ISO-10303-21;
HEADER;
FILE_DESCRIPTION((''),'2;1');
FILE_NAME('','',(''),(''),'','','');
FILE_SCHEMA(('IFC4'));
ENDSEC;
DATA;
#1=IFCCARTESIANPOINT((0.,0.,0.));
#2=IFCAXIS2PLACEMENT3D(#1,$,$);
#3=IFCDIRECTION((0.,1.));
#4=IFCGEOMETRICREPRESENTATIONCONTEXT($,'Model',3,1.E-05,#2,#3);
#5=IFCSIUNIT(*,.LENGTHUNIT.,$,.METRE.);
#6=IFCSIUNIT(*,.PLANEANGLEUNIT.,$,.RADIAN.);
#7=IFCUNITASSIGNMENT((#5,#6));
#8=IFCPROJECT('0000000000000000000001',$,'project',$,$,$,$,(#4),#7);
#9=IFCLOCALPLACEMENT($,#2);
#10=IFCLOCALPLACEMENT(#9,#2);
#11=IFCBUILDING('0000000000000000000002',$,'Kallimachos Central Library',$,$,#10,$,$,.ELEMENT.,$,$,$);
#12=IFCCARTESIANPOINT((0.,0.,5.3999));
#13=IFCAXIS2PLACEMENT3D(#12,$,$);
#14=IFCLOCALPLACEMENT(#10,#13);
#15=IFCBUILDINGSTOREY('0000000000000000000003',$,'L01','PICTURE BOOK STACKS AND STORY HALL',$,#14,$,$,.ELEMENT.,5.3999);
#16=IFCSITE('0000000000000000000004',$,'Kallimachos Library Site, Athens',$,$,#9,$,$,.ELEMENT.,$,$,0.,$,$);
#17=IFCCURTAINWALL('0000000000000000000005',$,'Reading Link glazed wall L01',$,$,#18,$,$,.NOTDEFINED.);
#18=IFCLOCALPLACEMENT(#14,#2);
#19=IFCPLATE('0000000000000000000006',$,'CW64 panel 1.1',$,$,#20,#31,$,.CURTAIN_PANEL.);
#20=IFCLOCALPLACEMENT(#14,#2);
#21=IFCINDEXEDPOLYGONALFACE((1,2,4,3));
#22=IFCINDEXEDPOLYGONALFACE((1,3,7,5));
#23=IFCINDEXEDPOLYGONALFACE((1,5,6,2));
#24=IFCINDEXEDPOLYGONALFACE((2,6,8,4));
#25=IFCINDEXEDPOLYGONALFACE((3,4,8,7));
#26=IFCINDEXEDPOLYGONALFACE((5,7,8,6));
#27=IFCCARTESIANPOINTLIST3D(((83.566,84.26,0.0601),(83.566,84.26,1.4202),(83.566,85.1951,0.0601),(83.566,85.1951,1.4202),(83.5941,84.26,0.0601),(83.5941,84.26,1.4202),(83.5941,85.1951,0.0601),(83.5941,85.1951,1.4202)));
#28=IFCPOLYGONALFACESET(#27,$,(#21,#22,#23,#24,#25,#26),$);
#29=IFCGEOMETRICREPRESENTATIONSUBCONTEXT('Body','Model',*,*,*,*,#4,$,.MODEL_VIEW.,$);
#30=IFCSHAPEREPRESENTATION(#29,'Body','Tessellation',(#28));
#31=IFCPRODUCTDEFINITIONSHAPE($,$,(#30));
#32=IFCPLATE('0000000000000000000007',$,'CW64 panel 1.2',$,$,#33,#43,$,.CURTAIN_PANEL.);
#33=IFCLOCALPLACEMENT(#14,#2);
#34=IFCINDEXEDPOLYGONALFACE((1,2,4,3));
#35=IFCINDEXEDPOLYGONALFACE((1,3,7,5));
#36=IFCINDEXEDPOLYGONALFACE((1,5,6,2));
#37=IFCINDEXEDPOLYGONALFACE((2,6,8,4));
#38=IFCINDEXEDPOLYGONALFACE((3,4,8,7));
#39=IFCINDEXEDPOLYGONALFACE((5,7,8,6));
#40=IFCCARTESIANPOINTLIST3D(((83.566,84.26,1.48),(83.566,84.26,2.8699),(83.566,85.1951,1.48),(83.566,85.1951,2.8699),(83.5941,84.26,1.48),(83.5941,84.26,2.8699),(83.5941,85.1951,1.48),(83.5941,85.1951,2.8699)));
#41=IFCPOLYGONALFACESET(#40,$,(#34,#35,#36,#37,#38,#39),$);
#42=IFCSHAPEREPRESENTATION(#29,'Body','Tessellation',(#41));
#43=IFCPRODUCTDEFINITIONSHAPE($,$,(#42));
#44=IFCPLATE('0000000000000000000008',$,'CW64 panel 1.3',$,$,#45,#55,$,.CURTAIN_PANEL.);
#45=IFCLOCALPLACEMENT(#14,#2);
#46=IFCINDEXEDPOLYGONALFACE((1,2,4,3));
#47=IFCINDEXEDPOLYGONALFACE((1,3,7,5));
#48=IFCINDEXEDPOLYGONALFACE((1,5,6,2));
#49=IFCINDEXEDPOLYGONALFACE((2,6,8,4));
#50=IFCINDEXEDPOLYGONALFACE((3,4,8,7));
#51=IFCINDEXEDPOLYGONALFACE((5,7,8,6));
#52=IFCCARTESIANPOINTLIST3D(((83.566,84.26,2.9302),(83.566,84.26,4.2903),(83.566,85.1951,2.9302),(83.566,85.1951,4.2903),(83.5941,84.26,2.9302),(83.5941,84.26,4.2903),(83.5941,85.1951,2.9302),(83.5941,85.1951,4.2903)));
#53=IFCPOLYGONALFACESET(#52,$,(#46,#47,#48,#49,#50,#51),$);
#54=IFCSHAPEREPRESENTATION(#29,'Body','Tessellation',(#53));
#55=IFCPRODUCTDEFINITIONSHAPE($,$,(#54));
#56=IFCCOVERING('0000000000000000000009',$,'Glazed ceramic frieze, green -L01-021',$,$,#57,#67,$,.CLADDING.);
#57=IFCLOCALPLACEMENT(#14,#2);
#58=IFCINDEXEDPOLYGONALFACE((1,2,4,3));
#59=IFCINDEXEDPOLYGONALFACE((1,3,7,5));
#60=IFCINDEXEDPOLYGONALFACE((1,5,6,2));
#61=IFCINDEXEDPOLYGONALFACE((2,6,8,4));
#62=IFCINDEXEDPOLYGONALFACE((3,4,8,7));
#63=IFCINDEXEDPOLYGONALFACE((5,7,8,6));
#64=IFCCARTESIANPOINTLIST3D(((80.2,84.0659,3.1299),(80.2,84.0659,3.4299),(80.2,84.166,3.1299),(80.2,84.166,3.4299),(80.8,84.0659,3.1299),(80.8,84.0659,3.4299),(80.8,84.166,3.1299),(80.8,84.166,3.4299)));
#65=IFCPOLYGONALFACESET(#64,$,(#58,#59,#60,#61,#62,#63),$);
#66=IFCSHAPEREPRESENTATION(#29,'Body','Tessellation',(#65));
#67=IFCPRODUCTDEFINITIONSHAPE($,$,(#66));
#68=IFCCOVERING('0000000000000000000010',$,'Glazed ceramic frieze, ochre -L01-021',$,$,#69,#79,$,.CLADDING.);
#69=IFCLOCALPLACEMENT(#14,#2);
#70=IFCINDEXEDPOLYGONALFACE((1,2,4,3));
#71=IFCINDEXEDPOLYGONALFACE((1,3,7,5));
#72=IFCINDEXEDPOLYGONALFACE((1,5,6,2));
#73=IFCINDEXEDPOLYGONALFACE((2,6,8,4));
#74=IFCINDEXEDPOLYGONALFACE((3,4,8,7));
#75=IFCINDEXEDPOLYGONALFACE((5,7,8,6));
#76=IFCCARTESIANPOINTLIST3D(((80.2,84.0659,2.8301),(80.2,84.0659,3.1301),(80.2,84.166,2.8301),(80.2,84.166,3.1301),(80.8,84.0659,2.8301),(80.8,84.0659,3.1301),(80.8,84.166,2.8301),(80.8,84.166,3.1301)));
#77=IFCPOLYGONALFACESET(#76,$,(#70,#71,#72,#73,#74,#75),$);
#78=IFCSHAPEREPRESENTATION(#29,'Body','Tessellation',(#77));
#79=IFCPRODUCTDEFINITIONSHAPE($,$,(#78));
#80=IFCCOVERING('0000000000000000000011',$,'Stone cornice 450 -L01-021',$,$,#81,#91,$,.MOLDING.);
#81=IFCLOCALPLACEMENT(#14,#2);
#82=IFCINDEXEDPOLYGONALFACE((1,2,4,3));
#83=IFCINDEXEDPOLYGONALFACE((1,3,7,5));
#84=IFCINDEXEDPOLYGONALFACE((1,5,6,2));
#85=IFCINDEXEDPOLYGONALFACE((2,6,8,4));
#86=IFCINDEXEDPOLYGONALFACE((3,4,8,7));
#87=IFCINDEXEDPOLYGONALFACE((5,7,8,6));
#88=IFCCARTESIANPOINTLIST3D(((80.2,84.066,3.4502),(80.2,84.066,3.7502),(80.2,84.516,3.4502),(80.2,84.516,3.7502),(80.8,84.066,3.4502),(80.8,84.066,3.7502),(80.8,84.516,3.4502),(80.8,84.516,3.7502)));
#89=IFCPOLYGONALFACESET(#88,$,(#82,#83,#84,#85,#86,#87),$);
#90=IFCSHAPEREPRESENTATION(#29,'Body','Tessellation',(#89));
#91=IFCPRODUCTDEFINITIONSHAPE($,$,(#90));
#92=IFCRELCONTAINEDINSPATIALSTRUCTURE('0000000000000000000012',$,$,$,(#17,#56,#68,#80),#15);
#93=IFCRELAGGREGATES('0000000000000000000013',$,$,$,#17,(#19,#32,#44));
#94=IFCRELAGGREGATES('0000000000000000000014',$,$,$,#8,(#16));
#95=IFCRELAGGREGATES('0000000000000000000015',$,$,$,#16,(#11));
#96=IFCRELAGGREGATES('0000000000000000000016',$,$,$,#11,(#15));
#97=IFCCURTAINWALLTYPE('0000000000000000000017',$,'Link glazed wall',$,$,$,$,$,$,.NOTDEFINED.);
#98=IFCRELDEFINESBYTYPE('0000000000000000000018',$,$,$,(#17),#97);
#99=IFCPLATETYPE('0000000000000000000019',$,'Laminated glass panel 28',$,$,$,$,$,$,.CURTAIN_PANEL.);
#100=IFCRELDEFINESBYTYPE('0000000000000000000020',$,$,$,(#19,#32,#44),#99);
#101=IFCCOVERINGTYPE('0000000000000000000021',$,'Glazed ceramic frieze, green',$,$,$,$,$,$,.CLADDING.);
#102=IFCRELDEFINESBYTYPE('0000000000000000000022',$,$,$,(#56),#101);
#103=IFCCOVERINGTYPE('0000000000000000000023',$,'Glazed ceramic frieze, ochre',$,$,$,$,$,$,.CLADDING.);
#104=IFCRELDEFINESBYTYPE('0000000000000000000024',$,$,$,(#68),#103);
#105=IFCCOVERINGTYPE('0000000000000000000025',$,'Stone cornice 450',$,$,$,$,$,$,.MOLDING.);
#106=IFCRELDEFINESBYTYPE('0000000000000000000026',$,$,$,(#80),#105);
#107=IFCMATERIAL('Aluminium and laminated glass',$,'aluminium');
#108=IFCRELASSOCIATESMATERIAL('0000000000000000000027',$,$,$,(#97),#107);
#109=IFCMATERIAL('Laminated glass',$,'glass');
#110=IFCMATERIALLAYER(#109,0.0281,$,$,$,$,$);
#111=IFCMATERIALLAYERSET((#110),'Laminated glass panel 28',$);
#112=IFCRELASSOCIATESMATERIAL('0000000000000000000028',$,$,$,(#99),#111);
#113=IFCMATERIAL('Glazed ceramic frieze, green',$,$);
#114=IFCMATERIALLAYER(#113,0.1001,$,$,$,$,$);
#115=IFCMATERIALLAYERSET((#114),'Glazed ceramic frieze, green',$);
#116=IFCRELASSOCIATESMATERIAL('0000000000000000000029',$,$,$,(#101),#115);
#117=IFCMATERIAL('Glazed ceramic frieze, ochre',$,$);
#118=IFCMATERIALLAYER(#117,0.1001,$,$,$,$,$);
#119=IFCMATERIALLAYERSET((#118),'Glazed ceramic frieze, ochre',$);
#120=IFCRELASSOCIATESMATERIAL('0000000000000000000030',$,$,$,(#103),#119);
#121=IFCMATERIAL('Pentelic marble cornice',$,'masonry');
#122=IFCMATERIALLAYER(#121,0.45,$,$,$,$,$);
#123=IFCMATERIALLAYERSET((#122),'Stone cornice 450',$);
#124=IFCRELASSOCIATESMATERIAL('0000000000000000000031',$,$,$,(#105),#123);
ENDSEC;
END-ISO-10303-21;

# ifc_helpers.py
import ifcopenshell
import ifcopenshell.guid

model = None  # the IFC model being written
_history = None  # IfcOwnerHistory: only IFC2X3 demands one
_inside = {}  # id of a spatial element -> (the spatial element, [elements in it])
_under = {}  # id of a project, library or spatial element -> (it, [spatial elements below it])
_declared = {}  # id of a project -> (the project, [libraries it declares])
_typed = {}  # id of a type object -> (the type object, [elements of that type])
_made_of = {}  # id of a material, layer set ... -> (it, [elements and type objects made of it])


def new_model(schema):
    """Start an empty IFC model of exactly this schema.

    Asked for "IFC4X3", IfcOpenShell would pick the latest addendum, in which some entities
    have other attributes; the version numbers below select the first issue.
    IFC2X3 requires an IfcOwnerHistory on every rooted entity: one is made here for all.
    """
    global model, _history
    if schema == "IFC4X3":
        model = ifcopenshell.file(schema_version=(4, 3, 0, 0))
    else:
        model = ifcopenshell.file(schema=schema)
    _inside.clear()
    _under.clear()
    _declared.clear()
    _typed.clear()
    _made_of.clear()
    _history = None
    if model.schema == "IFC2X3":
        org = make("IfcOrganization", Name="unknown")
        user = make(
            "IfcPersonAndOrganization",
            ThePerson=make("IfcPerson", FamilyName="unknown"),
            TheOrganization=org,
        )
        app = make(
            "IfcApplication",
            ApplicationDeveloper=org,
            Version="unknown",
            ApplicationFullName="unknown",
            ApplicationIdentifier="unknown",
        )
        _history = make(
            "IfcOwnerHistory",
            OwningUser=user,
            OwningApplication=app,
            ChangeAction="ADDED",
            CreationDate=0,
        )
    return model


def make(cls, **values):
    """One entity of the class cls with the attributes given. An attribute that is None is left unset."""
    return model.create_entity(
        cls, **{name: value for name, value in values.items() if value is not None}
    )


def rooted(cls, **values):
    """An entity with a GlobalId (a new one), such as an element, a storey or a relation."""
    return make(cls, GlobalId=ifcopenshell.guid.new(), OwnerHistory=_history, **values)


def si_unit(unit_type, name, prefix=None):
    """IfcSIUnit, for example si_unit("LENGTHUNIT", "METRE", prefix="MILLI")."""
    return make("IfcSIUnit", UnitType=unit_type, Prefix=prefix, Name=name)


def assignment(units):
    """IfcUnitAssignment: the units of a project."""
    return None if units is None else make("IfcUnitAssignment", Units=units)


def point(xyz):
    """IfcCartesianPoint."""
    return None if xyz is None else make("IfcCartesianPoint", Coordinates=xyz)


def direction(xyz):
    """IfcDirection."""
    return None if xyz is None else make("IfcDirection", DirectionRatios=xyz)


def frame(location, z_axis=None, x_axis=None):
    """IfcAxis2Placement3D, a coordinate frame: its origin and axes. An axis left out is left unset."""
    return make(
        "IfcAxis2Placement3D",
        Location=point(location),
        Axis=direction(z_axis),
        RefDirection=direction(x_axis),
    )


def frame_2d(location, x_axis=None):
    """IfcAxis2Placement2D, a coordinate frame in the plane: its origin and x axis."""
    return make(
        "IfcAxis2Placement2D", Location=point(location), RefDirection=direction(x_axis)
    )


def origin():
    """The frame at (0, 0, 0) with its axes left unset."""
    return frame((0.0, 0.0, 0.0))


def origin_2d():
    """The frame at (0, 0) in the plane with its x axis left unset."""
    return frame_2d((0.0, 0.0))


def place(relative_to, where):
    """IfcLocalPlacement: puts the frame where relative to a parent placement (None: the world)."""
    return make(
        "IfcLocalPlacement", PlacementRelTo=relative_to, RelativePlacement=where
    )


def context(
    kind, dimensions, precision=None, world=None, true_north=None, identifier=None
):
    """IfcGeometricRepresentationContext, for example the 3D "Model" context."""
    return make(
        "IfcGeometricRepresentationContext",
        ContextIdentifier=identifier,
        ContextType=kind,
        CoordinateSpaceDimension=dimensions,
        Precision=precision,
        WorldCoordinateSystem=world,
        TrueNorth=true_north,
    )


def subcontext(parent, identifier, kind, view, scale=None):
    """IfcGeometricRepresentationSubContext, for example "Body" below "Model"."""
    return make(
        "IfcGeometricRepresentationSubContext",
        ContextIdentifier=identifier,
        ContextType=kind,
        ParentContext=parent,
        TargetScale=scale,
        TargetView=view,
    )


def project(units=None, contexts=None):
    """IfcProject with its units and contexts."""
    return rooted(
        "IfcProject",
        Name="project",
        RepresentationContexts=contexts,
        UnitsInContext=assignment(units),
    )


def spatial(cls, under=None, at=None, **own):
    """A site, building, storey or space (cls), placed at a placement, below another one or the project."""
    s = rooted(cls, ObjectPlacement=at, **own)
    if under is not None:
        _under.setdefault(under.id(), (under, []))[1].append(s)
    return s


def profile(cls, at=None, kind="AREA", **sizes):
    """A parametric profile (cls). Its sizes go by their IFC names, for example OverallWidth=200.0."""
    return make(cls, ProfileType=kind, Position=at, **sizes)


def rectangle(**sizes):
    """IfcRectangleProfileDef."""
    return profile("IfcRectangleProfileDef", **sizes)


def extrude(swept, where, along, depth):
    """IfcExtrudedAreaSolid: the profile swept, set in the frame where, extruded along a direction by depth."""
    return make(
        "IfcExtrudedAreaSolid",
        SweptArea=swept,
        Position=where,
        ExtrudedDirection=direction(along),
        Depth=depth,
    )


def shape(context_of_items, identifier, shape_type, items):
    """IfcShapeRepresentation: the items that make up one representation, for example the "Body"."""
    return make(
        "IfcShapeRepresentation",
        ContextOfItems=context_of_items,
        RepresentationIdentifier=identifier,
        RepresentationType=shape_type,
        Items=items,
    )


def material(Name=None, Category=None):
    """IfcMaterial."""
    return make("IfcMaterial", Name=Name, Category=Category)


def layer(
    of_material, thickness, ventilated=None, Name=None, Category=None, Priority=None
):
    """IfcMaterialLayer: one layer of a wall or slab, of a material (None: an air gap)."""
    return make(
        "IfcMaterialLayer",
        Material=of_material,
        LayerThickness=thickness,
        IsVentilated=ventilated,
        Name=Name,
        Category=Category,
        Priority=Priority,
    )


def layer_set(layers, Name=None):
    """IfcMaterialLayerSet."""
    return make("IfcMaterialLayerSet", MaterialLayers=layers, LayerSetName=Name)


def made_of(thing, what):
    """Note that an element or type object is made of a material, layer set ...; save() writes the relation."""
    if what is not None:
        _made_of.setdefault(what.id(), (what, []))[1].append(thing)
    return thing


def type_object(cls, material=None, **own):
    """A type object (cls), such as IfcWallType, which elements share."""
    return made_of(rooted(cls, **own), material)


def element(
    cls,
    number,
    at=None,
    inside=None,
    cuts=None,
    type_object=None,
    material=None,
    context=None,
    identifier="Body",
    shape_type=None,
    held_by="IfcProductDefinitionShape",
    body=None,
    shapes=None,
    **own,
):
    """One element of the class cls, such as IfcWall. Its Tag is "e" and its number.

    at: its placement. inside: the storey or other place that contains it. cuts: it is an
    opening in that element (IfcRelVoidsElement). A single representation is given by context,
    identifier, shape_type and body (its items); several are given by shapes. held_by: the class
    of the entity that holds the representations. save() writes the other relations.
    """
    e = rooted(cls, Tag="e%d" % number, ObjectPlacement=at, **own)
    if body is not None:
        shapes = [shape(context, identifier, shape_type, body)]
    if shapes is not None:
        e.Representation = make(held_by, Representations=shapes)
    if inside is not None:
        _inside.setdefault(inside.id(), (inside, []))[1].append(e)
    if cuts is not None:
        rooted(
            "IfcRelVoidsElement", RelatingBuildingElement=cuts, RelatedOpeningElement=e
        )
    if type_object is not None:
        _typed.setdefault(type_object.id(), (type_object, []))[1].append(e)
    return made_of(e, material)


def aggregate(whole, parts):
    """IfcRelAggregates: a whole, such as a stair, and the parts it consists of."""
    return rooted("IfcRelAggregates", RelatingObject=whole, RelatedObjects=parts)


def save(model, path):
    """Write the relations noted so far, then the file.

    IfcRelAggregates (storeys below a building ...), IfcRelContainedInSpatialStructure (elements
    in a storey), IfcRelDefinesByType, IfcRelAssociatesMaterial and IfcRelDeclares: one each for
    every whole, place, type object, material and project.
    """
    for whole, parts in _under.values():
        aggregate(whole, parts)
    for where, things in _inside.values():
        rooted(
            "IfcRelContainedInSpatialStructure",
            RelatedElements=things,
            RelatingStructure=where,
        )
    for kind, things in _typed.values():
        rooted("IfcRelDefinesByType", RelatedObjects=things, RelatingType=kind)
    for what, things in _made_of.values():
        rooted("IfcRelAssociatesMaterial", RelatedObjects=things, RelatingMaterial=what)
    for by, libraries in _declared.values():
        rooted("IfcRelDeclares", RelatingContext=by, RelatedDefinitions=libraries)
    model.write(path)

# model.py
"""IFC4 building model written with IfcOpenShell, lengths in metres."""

from ifc_helpers import new_model, si_unit, direction, frame, origin, origin_2d, place, context, subcontext, project, spatial, rectangle, extrude, material, layer, layer_set, type_object, element, aggregate, save


model = new_model("IFC4")

# Units and contexts
model_context = context("Model", 3, precision=1e-05, world=origin(), true_north=direction((0.0, 1.0)))
body_context = subcontext(model_context, "Body", "Model", "MODEL_VIEW")
ifc_project = project(units=[si_unit("LENGTHUNIT", "METRE"), si_unit("PLANEANGLEUNIT", "RADIAN")], contexts=[model_context])

# Site, building, storey
site_placement = place(None, origin())
site = spatial("IfcSite", under=ifc_project, at=site_placement, Name="Kallimachos Library Site, Athens", CompositionType="ELEMENT", RefElevation=0.0)
building_placement = place(site_placement, origin())
building = spatial("IfcBuilding", under=site, at=building_placement, Name="Kallimachos Central Library", CompositionType="ELEMENT")
storey_placement = place(building_placement, frame((0.0, 0.0, 5.3999)))
storey = spatial("IfcBuildingStorey", under=building, at=storey_placement, Name="L01", Description="PICTURE BOOK STACKS AND STORY HALL", CompositionType="ELEMENT", Elevation=5.3999)

# Curtain wall
ifc_material_1 = material(Name="Aluminium and laminated glass", Category="aluminium")
curtain_wall_type_1 = type_object("IfcCurtainWallType", Name="Link glazed wall", PredefinedType="NOTDEFINED", material=ifc_material_1)
curtain_wall_1_placement = place(storey_placement, origin())
curtain_wall_1 = element("IfcCurtainWall", 1, at=curtain_wall_1_placement, inside=storey, type_object=curtain_wall_type_1, Name="Reading Link glazed wall L01", PredefinedType="NOTDEFINED")

# Plates
ifc_material_2 = material(Name="Laminated glass", Category="glass")
ifc_layer_1 = layer(ifc_material_2, 0.0281)
ifc_layer_set_1 = layer_set([ifc_layer_1], Name="Laminated glass panel 28")
plate_type = type_object("IfcPlateType", Name="Laminated glass panel 28", PredefinedType="CURTAIN_PANEL", material=ifc_layer_set_1)
plate_1_placement = place(storey_placement, frame((83.5801, 84.7275, 0.0601), z_axis=(0.0, 0.0, 1.0), x_axis=(0.0, 1.0, 0.0)))
plate_1 = element("IfcPlate", 2, at=plate_1_placement, type_object=plate_type, Name="CW64 panel 1.1", PredefinedType="CURTAIN_PANEL", context=body_context, shape_type="SweptSolid", body=[
    extrude(rectangle(XDim=0.9351, YDim=0.0281, at=origin_2d()), origin(), (0.0, 0.0, 1.0), 1.3601),
])
plate_2_placement = place(storey_placement, frame((83.5801, 84.7275, 1.48), z_axis=(0.0, 0.0, 1.0), x_axis=(0.0, 1.0, 0.0)))
plate_2 = element("IfcPlate", 3, at=plate_2_placement, type_object=plate_type, Name="CW64 panel 1.2", PredefinedType="CURTAIN_PANEL", context=body_context, shape_type="SweptSolid", body=[
    extrude(rectangle(XDim=0.9351, YDim=0.0281, at=origin_2d()), origin(), (0.0, 0.0, 1.0), 1.3899),
])
plate_3_placement = place(storey_placement, frame((83.5801, 84.7275, 2.9302), z_axis=(0.0, 0.0, 1.0), x_axis=(0.0, 1.0, 0.0)))
plate_3 = element("IfcPlate", 4, at=plate_3_placement, type_object=plate_type, Name="CW64 panel 1.3", PredefinedType="CURTAIN_PANEL", context=body_context, shape_type="SweptSolid", body=[
    extrude(rectangle(XDim=0.9351, YDim=0.0281, at=origin_2d()), origin(), (0.0, 0.0, 1.0), 1.3601),
])
aggregate(curtain_wall_1, [plate_1, plate_2, plate_3])

# Coverings
ifc_material_3 = material(Name="Glazed ceramic frieze, green")
ifc_layer_2 = layer(ifc_material_3, 0.1001)
ifc_layer_set_2 = layer_set([ifc_layer_2], Name="Glazed ceramic frieze, green")
covering_type_1 = type_object("IfcCoveringType", Name="Glazed ceramic frieze, green", PredefinedType="CLADDING", material=ifc_layer_set_2)
covering_1_placement = place(storey_placement, frame((80.5, 84.116, 3.1299), z_axis=(0.0, 0.0, 1.0), x_axis=(1.0, 0.0, 0.0)))
element("IfcCovering", 5, at=covering_1_placement, inside=storey, type_object=covering_type_1, Name="Glazed ceramic frieze, green -L01-021", PredefinedType="CLADDING", context=body_context, shape_type="SweptSolid", body=[
    extrude(rectangle(XDim=0.6001, YDim=0.1001, at=origin_2d()), origin(), (0.0, 0.0, 1.0), 0.3),
])
ifc_material_4 = material(Name="Glazed ceramic frieze, ochre")
ifc_layer_3 = layer(ifc_material_4, 0.1001)
ifc_layer_set_3 = layer_set([ifc_layer_3], Name="Glazed ceramic frieze, ochre")
covering_type_2 = type_object("IfcCoveringType", Name="Glazed ceramic frieze, ochre", PredefinedType="CLADDING", material=ifc_layer_set_3)
covering_2_placement = place(storey_placement, frame((80.5, 84.116, 2.8301), z_axis=(0.0, 0.0, 1.0), x_axis=(1.0, 0.0, 0.0)))
element("IfcCovering", 6, at=covering_2_placement, inside=storey, type_object=covering_type_2, Name="Glazed ceramic frieze, ochre -L01-021", PredefinedType="CLADDING", context=body_context, shape_type="SweptSolid", body=[
    extrude(rectangle(XDim=0.6001, YDim=0.1001, at=origin_2d()), origin(), (0.0, 0.0, 1.0), 0.3),
])
ifc_material_5 = material(Name="Pentelic marble cornice", Category="masonry")
ifc_layer_4 = layer(ifc_material_5, 0.45)
ifc_layer_set_4 = layer_set([ifc_layer_4], Name="Stone cornice 450")
covering_type_3 = type_object("IfcCoveringType", Name="Stone cornice 450", PredefinedType="MOLDING", material=ifc_layer_set_4)
covering_3_placement = place(storey_placement, frame((80.5, 84.291, 3.4502), z_axis=(0.0, 0.0, 1.0), x_axis=(1.0, 0.0, 0.0)))
element("IfcCovering", 7, at=covering_3_placement, inside=storey, type_object=covering_type_3, Name="Stone cornice 450 -L01-021", PredefinedType="MOLDING", context=body_context, shape_type="SweptSolid", body=[
    extrude(rectangle(XDim=0.6001, YDim=0.45, at=origin_2d()), origin(), (0.0, 0.0, 1.0), 0.3),
])

save(model, "model.ifc")
